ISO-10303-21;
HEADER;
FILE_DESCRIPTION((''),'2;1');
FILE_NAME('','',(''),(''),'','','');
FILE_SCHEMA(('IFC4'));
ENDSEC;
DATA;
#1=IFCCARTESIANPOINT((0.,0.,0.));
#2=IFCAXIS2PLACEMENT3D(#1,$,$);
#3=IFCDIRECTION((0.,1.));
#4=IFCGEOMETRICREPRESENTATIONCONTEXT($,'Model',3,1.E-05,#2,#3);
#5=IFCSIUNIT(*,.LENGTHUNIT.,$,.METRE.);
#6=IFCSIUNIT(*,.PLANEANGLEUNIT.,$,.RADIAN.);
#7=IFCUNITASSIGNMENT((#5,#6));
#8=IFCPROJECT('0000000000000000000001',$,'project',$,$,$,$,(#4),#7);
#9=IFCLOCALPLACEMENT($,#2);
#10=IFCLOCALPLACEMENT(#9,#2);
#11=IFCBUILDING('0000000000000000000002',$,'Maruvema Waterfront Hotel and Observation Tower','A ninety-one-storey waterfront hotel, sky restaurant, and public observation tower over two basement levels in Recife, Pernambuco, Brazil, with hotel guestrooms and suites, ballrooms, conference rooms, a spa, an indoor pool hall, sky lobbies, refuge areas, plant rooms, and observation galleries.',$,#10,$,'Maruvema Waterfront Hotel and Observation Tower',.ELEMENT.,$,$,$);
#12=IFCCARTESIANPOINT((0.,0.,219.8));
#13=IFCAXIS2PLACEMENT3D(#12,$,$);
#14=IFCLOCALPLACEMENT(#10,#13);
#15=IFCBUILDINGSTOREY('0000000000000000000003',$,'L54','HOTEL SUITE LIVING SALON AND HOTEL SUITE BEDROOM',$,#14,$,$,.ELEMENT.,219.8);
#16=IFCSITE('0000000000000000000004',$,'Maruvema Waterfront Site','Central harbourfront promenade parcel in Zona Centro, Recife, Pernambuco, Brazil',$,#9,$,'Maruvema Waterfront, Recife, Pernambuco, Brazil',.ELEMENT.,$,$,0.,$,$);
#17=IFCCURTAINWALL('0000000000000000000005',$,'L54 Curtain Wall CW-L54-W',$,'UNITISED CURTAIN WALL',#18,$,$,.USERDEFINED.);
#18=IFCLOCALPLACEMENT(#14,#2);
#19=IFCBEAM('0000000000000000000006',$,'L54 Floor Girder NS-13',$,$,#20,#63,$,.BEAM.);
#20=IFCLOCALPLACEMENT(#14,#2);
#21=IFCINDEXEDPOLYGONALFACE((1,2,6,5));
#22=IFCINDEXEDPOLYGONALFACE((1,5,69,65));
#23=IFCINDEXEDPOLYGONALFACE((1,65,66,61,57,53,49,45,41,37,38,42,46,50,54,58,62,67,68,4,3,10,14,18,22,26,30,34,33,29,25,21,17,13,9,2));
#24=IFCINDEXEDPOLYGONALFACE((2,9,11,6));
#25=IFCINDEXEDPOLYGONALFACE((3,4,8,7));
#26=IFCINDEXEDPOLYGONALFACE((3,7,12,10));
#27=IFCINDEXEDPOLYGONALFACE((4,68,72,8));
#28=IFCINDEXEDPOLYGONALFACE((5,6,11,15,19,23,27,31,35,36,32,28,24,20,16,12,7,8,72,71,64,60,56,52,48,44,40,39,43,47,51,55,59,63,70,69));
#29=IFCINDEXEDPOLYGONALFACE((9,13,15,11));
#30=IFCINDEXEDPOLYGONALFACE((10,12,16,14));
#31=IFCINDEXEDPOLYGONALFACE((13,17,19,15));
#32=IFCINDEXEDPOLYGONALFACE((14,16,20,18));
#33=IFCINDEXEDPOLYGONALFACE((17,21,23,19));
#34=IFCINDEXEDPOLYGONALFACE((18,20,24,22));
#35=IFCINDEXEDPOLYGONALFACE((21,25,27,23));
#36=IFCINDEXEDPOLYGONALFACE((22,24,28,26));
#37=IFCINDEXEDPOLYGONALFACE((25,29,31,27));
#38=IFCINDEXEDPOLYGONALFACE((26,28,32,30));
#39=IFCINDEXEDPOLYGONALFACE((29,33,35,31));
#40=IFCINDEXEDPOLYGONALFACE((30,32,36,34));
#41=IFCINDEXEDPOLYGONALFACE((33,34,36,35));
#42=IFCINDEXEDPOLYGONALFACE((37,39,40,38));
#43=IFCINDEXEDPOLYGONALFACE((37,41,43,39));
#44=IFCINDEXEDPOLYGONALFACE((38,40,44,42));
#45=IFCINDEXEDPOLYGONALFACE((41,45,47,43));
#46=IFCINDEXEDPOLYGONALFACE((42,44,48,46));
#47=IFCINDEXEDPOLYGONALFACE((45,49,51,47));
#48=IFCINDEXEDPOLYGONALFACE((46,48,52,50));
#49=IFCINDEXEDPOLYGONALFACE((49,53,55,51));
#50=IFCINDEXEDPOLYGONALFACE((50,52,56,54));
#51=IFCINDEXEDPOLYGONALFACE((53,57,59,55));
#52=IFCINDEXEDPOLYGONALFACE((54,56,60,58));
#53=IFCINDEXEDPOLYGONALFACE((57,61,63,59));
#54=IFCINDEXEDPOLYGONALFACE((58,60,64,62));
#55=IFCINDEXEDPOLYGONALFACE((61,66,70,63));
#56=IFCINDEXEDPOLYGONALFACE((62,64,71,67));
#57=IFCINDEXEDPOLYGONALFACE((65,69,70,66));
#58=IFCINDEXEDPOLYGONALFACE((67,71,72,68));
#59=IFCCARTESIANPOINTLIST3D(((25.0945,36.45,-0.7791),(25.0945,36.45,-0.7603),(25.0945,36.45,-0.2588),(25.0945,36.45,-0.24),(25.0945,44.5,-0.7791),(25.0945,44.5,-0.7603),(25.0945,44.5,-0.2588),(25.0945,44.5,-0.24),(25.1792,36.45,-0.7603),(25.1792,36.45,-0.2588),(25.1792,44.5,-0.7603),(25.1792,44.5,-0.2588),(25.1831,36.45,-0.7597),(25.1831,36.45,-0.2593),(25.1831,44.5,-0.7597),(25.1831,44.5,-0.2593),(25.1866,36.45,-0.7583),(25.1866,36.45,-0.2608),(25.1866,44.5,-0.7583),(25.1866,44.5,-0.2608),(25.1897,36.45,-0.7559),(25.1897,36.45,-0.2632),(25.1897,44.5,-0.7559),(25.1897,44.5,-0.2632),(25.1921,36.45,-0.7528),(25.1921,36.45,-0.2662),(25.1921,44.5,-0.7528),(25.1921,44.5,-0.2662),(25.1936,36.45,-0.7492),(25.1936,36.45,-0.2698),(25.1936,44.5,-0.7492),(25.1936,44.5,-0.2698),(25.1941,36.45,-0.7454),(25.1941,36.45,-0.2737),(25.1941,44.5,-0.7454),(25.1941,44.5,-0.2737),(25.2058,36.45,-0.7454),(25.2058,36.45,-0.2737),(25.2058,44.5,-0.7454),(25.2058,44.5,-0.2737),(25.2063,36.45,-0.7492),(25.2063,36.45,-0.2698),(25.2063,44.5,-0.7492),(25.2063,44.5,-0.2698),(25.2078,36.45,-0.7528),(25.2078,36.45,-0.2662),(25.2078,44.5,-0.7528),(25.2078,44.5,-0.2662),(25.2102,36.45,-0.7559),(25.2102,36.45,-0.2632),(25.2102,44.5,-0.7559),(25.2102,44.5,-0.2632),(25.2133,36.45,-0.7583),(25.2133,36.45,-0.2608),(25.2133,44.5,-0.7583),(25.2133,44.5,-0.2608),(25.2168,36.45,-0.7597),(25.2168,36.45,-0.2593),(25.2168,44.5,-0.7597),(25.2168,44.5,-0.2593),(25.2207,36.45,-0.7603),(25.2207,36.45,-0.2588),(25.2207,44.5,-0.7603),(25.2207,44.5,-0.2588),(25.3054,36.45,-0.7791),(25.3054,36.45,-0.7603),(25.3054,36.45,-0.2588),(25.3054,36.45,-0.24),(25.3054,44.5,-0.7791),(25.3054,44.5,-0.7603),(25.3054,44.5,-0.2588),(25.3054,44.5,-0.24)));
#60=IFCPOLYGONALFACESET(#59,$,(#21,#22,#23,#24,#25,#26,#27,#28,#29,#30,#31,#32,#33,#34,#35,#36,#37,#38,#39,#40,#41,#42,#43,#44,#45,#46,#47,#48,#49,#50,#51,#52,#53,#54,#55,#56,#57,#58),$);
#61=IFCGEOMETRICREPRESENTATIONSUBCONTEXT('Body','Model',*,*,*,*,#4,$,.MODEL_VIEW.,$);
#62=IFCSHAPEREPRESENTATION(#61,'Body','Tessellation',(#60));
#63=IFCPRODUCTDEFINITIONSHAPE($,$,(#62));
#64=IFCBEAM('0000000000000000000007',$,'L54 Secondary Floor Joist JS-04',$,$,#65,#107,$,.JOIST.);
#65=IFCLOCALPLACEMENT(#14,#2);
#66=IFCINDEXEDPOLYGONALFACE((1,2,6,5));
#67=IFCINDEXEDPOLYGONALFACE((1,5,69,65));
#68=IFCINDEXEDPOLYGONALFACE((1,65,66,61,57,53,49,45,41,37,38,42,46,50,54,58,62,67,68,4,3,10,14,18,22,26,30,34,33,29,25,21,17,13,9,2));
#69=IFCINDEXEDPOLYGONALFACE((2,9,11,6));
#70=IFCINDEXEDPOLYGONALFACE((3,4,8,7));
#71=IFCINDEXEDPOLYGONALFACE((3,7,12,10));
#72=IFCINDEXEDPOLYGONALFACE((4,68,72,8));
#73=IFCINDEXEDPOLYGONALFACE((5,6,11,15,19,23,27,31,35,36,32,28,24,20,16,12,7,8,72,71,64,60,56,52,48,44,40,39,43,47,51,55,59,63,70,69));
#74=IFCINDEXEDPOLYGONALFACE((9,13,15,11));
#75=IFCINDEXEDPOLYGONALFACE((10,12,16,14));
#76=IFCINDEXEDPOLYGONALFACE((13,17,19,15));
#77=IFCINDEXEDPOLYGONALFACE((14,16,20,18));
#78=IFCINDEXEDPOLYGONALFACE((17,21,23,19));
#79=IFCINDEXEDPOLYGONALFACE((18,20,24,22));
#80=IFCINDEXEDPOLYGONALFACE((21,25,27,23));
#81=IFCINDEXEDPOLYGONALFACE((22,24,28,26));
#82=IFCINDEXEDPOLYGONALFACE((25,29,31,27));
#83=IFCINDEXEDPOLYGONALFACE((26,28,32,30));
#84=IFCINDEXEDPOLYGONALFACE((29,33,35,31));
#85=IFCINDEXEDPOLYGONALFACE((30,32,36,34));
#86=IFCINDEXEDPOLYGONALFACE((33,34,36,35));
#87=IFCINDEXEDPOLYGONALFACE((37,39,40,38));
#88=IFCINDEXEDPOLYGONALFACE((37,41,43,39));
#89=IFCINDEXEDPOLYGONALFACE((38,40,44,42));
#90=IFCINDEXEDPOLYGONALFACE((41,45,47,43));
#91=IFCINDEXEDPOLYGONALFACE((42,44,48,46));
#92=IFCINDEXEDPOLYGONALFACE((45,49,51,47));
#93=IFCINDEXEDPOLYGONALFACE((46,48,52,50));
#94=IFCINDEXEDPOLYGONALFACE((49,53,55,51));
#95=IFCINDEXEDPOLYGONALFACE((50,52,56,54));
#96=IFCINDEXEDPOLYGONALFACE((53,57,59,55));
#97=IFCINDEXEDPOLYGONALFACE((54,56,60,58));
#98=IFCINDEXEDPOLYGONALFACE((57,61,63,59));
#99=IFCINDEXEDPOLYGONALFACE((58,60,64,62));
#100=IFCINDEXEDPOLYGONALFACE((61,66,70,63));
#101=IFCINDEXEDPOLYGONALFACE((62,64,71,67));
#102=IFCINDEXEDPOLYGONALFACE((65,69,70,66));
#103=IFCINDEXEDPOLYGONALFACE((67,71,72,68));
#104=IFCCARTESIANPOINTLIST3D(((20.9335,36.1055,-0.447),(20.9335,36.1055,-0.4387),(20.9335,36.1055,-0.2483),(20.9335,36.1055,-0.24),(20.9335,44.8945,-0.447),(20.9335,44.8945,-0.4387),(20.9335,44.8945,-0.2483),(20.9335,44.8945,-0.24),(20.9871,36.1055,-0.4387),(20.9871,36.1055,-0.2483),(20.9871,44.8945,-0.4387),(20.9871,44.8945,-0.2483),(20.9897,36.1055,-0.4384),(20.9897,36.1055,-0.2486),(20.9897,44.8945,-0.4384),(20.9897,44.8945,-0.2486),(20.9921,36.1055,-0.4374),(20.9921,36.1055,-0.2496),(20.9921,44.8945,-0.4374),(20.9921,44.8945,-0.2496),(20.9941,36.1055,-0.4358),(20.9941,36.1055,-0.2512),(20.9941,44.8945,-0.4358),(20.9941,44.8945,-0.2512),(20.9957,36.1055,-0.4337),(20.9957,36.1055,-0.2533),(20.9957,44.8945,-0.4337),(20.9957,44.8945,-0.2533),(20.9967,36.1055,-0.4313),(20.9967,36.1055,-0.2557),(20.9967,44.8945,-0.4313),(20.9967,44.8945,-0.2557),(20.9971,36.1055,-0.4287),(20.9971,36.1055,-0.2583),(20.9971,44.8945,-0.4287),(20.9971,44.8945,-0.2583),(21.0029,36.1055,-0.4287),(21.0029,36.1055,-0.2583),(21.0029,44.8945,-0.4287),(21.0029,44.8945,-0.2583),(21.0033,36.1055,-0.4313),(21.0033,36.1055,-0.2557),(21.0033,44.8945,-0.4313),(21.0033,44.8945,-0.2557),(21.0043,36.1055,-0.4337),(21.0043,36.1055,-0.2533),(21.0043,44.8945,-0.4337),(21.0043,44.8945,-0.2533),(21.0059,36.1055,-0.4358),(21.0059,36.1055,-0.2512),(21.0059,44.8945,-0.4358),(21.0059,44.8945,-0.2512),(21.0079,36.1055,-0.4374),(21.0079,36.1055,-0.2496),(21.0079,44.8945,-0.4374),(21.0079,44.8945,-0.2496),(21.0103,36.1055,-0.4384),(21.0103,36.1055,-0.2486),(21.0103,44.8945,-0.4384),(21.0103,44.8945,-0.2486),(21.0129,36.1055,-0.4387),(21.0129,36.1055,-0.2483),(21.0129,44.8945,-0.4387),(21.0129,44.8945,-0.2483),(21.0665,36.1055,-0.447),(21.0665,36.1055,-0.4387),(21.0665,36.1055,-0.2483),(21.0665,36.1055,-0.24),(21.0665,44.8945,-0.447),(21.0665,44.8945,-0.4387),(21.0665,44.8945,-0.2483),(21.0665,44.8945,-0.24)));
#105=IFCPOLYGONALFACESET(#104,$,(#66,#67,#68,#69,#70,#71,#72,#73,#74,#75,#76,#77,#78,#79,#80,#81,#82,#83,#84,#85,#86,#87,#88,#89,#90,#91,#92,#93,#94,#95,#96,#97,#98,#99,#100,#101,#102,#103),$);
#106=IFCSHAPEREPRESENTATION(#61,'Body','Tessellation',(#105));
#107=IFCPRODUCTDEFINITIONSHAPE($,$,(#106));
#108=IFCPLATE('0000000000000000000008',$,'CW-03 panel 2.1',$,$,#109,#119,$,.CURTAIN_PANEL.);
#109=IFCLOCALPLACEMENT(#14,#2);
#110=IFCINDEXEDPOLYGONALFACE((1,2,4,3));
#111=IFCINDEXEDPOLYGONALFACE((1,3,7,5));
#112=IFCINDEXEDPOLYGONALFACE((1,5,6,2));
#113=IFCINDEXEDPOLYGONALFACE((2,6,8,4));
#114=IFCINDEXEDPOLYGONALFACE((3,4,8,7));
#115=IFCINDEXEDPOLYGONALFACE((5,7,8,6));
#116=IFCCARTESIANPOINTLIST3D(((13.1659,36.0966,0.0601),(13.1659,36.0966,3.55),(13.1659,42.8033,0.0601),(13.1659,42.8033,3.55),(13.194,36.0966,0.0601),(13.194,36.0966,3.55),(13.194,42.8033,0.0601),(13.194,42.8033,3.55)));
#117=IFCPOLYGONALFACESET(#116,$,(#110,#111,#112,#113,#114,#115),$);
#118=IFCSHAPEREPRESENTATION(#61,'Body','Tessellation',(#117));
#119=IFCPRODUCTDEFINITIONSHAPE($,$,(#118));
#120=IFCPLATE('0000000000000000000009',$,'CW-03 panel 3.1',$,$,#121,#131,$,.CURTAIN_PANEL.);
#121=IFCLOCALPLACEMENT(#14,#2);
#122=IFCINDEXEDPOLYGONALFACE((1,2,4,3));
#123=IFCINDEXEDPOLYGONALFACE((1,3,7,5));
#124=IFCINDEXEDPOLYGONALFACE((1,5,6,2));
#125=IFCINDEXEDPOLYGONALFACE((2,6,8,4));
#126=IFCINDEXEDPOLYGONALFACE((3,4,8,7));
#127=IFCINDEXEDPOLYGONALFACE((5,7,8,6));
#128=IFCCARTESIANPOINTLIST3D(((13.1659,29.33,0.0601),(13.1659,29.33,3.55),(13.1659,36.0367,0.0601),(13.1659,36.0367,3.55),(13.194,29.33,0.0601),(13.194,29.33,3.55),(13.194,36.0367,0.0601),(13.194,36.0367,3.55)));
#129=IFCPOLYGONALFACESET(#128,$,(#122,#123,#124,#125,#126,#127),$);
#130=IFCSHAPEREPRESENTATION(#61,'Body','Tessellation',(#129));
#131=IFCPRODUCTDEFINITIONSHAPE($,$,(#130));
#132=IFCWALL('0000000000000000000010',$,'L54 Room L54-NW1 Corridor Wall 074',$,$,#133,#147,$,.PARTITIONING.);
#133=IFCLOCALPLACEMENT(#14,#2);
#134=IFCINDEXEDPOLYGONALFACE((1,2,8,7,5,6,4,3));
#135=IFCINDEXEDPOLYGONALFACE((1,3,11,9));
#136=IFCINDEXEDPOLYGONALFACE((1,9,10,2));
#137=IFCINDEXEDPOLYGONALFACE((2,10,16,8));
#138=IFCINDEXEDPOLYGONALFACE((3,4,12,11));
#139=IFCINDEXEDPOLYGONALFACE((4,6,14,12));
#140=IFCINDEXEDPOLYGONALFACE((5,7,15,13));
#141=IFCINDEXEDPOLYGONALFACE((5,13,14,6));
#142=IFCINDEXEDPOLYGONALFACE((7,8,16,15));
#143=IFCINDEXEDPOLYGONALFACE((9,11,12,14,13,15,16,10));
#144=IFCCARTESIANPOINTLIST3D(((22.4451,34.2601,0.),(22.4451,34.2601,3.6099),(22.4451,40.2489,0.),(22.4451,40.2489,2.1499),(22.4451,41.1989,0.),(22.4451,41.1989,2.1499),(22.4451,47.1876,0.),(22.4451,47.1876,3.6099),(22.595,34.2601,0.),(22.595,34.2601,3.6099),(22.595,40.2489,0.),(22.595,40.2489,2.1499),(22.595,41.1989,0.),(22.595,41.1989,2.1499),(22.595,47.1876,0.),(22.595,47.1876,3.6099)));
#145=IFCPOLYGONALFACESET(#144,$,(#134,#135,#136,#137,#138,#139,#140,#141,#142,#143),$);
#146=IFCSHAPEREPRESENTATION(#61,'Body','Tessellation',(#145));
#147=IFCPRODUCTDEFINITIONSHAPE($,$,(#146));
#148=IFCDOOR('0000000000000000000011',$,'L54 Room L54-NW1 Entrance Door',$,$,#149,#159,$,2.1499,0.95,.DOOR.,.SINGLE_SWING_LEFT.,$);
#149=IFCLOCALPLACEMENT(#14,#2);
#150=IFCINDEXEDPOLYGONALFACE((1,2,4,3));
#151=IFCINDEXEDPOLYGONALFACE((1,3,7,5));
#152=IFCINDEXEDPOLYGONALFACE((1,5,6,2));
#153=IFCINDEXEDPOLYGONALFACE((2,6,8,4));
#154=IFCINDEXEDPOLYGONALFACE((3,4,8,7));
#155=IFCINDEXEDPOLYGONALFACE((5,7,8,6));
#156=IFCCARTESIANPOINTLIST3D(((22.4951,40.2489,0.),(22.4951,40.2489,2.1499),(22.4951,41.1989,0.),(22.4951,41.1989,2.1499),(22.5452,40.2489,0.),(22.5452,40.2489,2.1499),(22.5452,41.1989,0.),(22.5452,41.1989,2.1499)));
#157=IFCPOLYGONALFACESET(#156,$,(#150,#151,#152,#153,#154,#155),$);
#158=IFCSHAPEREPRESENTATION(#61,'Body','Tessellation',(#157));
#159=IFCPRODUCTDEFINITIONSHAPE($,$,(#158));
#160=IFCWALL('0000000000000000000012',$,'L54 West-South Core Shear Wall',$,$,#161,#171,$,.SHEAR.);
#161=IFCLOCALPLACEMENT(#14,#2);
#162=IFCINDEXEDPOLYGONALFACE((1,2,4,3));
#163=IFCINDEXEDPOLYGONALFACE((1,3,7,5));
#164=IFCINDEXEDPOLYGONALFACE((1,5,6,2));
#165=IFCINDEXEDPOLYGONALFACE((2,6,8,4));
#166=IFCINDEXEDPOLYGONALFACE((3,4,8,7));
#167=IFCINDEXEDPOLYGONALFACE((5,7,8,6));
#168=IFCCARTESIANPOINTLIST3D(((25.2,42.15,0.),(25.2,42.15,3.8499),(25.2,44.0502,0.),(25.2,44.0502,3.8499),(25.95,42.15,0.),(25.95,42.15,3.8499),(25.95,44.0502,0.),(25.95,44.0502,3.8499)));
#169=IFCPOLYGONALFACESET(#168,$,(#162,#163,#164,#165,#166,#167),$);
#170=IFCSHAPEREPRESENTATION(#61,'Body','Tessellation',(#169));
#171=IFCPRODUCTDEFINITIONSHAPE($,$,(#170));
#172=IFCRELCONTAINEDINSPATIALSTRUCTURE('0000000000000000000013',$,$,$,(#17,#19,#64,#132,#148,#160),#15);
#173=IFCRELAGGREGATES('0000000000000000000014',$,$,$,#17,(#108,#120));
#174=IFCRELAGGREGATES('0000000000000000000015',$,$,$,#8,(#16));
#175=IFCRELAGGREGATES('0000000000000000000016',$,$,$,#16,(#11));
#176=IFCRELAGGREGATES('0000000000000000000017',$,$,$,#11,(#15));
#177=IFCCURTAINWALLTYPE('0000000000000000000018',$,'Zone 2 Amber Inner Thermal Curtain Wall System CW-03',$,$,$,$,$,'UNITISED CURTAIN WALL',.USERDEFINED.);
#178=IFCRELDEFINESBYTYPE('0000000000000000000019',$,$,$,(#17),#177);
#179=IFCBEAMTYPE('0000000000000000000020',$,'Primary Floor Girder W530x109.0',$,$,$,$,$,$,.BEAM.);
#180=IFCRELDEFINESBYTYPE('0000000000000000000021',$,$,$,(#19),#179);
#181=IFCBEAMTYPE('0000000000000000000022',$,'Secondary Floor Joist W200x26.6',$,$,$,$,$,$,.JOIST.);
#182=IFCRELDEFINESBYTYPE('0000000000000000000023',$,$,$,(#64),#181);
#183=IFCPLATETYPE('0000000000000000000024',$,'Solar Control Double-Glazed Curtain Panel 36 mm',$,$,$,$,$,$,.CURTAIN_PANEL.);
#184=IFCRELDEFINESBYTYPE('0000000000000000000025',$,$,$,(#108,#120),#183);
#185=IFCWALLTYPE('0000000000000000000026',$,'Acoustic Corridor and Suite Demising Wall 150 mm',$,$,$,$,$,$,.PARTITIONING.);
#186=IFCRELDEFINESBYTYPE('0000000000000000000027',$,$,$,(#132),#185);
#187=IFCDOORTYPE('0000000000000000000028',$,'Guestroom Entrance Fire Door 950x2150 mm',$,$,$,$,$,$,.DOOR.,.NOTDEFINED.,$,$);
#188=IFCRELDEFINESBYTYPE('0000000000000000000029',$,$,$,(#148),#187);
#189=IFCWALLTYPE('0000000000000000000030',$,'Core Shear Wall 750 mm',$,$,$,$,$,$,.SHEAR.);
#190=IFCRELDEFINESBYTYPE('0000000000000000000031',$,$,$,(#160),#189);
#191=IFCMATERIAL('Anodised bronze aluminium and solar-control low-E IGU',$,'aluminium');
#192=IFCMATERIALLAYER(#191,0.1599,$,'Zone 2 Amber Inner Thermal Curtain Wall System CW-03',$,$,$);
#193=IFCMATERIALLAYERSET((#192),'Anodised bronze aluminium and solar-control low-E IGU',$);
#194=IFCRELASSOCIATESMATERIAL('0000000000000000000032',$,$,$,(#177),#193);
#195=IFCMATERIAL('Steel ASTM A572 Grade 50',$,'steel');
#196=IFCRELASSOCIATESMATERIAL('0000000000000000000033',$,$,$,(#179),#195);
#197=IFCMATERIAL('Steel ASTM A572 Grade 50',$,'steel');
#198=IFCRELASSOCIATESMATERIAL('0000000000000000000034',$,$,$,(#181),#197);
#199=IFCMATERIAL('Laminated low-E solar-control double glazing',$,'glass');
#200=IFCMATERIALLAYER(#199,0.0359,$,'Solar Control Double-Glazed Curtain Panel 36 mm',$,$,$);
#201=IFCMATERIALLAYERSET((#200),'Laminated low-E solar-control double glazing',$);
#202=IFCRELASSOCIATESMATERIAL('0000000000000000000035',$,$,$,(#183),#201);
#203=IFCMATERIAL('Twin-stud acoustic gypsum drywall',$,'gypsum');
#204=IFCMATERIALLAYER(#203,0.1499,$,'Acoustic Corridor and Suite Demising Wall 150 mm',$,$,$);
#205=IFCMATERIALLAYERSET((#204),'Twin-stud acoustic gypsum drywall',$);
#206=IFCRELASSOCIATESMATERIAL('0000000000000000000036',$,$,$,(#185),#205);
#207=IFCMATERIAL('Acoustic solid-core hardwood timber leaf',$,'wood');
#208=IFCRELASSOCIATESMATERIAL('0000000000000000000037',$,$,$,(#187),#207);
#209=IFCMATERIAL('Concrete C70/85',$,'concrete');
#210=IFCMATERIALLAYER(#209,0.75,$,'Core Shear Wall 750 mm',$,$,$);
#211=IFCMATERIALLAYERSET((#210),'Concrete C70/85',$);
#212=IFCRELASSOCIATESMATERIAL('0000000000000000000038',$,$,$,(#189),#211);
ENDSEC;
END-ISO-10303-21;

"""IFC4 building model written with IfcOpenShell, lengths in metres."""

from ifc_helpers import new_model, si_unit, direction, frame, frame_2d, origin, origin_2d, place, context, subcontext, project, spatial, rectangle, i_section, extrude, material, layer, layer_set, material_profile, profile_set, type_object, element, fill, aggregate, save


model = new_model("IFC4")

# Units and contexts
model_context = context("Model", 3, precision=1e-05, world=origin(), true_north=direction((0.0, 1.0)))
body_context = subcontext(model_context, "Body", "Model", "MODEL_VIEW")
ifc_project = project(units=[si_unit("LENGTHUNIT", "METRE"), si_unit("PLANEANGLEUNIT", "RADIAN")], contexts=[model_context])

# Site, building, storey
site_placement = place(None, origin())
site = spatial("IfcSite", under=ifc_project, at=site_placement, Name="Maruvema Waterfront Site", Description="Central harbourfront promenade parcel in Zona Centro, Recife, Pernambuco, Brazil", LongName="Maruvema Waterfront, Recife, Pernambuco, Brazil", CompositionType="ELEMENT", RefElevation=0.0)
building_placement = place(site_placement, origin())
building = spatial("IfcBuilding", under=site, at=building_placement, Name="Maruvema Waterfront Hotel and Observation Tower", Description="A ninety-one-storey waterfront hotel, sky restaurant, and public observation tower over two basement levels in Recife, Pernambuco, Brazil, with hotel guestrooms and suites, ballrooms, conference rooms, a spa, an indoor pool hall, sky lobbies, refuge areas, plant rooms, and observation galleries.", LongName="Maruvema Waterfront Hotel and Observation Tower", CompositionType="ELEMENT")
storey_placement = place(building_placement, frame((0.0, 0.0, 219.8)))
storey = spatial("IfcBuildingStorey", under=building, at=storey_placement, Name="L54", Description="HOTEL SUITE LIVING SALON AND HOTEL SUITE BEDROOM", CompositionType="ELEMENT", Elevation=219.8)

# Curtain wall
ifc_material_1 = material(Name="Anodised bronze aluminium and solar-control low-E IGU", Category="aluminium")
ifc_layer_1 = layer(ifc_material_1, 0.1599, Name="Zone 2 Amber Inner Thermal Curtain Wall System CW-03")
ifc_layer_set_1 = layer_set([ifc_layer_1], Name="Anodised bronze aluminium and solar-control low-E IGU")
curtain_wall_type = type_object("IfcCurtainWallType", Name="Zone 2 Amber Inner Thermal Curtain Wall System CW-03", ElementType="UNITISED CURTAIN WALL", PredefinedType="USERDEFINED", material=ifc_layer_set_1)
curtain_wall_placement = place(storey_placement, origin())
curtain_wall = element("IfcCurtainWall", 1, at=curtain_wall_placement, inside=storey, type_object=curtain_wall_type, Name="L54 Curtain Wall CW-L54-W", ObjectType="UNITISED CURTAIN WALL", PredefinedType="USERDEFINED")

# Beams
ifc_material_2 = material(Name="Steel ASTM A572 Grade 50", Category="steel")
ifc_material_profile_1 = material_profile(ifc_material_2, i_section(OverallWidth=0.2109, OverallDepth=0.5391, WebThickness=0.0117, FlangeThickness=0.0188, FilletRadius=0.0149, at=origin_2d()), Name="W530x109.0")
ifc_profile_set_1 = profile_set([ifc_material_profile_1], Name="Steel ASTM A572 Grade 50")
beam_type_1 = type_object("IfcBeamType", Name="Primary Floor Girder W530x109.0", PredefinedType="BEAM", material=ifc_profile_set_1)
beam_1_placement = place(storey_placement, frame((25.2, 36.45, -0.5095), z_axis=(0.0, 1.0, 0.0), x_axis=(-1.0, 0.0, 0.0)))
element("IfcBeam", 2, at=beam_1_placement, inside=storey, type_object=beam_type_1, Name="L54 Floor Girder NS-13", PredefinedType="BEAM", context=body_context, shape_type="SweptSolid", body=[
    extrude(i_section(OverallWidth=0.2109, OverallDepth=0.5391, WebThickness=0.0117, FlangeThickness=0.0188, FilletRadius=0.0149, at=origin_2d()), origin(), (0.0, 0.0, 1.0), 8.05),
])
ifc_material_3 = material(Name="Steel ASTM A572 Grade 50", Category="steel")
ifc_material_profile_2 = material_profile(ifc_material_3, i_section(OverallWidth=0.1331, OverallDepth=0.207, WebThickness=0.0059, FlangeThickness=0.0083, FilletRadius=0.01, at=origin_2d()), Name="W200x26.6")
ifc_profile_set_2 = profile_set([ifc_material_profile_2], Name="Steel ASTM A572 Grade 50")
beam_type_2 = type_object("IfcBeamType", Name="Secondary Floor Joist W200x26.6", PredefinedType="JOIST", material=ifc_profile_set_2)
beam_2_placement = place(storey_placement, frame((21.0, 36.1055, -0.3435), z_axis=(0.0, 1.0, 0.0), x_axis=(-1.0, 0.0, 0.0)))
element("IfcBeam", 3, at=beam_2_placement, inside=storey, type_object=beam_type_2, Name="L54 Secondary Floor Joist JS-04", PredefinedType="JOIST", context=body_context, shape_type="SweptSolid", body=[
    extrude(i_section(OverallWidth=0.1331, OverallDepth=0.207, WebThickness=0.0059, FlangeThickness=0.0083, FilletRadius=0.01, at=origin_2d()), origin(), (0.0, 0.0, 1.0), 8.7891),
])

# Plates
ifc_material_4 = material(Name="Laminated low-E solar-control double glazing", Category="glass")
ifc_layer_2 = layer(ifc_material_4, 0.0359, Name="Solar Control Double-Glazed Curtain Panel 36 mm")
ifc_layer_set_2 = layer_set([ifc_layer_2], Name="Laminated low-E solar-control double glazing")
plate_type = type_object("IfcPlateType", Name="Solar Control Double-Glazed Curtain Panel 36 mm", PredefinedType="CURTAIN_PANEL", material=ifc_layer_set_2)
plate_1_placement = place(storey_placement, frame((13.1799, 39.45, 0.0601), z_axis=(0.0, 0.0, 1.0), x_axis=(0.0, -1.0, 0.0)))
plate_1 = element("IfcPlate", 4, at=plate_1_placement, type_object=plate_type, Name="CW-03 panel 2.1", PredefinedType="CURTAIN_PANEL", context=body_context, shape_type="SweptSolid", body=[
    extrude(rectangle(XDim=6.7068, YDim=0.0281, at=origin_2d()), origin(), (0.0, 0.0, 1.0), 3.49),
])
plate_2_placement = place(storey_placement, frame((13.1799, 32.6833, 0.0601), z_axis=(0.0, 0.0, 1.0), x_axis=(0.0, -1.0, 0.0)))
plate_2 = element("IfcPlate", 5, at=plate_2_placement, type_object=plate_type, Name="CW-03 panel 3.1", PredefinedType="CURTAIN_PANEL", context=body_context, shape_type="SweptSolid", body=[
    extrude(rectangle(XDim=6.7068, YDim=0.0281, at=origin_2d()), origin(), (0.0, 0.0, 1.0), 3.49),
])
aggregate(curtain_wall, [plate_1, plate_2])

# Wall, opening, door
ifc_material_5 = material(Name="Twin-stud acoustic gypsum drywall", Category="gypsum")
ifc_layer_3 = layer(ifc_material_5, 0.1499, Name="Acoustic Corridor and Suite Demising Wall 150 mm")
ifc_layer_set_3 = layer_set([ifc_layer_3], Name="Twin-stud acoustic gypsum drywall")
wall_type_1 = type_object("IfcWallType", Name="Acoustic Corridor and Suite Demising Wall 150 mm", PredefinedType="PARTITIONING", material=ifc_layer_set_3)
wall_1_placement = place(storey_placement, frame((22.52, 34.26, 0.0), z_axis=(0.0, 0.0, 1.0), x_axis=(0.0, 1.0, 0.0)))
wall_1 = element("IfcWall", 6, at=wall_1_placement, inside=storey, type_object=wall_type_1, Name="L54 Room L54-NW1 Corridor Wall 074", PredefinedType="PARTITIONING", context=body_context, shape_type="SweptSolid", body=[
    extrude(rectangle(XDim=12.9275, YDim=0.1499, at=frame_2d((6.4639, 0.0))), origin(), (0.0, 0.0, 1.0), 3.6099),
])
opening_1_placement = place(wall_1_placement, frame((5.9888, 0.0, 0.0)))
opening_1 = element("IfcOpeningElement", 7, at=opening_1_placement, cuts=wall_1, PredefinedType="OPENING", context=body_context, shape_type="SweptSolid", body=[
    extrude(rectangle(XDim=0.95, YDim=2.1499, at=frame_2d((0.4751, 1.075))), frame((0.0, 0.085, 0.0), z_axis=(0.0, -1.0, 0.0), x_axis=(1.0, 0.0, 0.0)), (0.0, 0.0, 1.0), 0.1699),
])
ifc_material_6 = material(Name="Acoustic solid-core hardwood timber leaf", Category="wood")
door_type_1 = type_object("IfcDoorType", Name="Guestroom Entrance Fire Door 950x2150 mm", OperationType="NOTDEFINED", PredefinedType="DOOR", material=ifc_material_6)
door_1_placement = place(opening_1_placement, origin())
door_1 = element("IfcDoor", 8, at=door_1_placement, inside=storey, type_object=door_type_1, Name="L54 Room L54-NW1 Entrance Door", OperationType="SINGLE_SWING_LEFT", OverallHeight=2.1499, OverallWidth=0.95, PredefinedType="DOOR", context=body_context, shape_type="SweptSolid", body=[
    extrude(rectangle(XDim=0.95, YDim=2.1499, at=frame_2d((0.4751, 1.075))), frame((0.0, 0.0249, 0.0), z_axis=(0.0, -1.0, 0.0), x_axis=(1.0, 0.0, 0.0)), (0.0, 0.0, 1.0), 0.05),
])
fill(opening_1, door_1)

# Shared definitions
ifc_material_7 = material(Name="Concrete C70/85", Category="concrete")
ifc_layer_4 = layer(ifc_material_7, 0.75, Name="Core Shear Wall 750 mm")
ifc_layer_set_4 = layer_set([ifc_layer_4], Name="Concrete C70/85")
wall_type_2 = type_object("IfcWallType", Name="Core Shear Wall 750 mm", PredefinedType="SHEAR", material=ifc_layer_set_4)

# Wall
wall_2_placement = place(storey_placement, frame((25.575, 42.1499, 0.0), z_axis=(0.0, 0.0, 1.0), x_axis=(0.0, 1.0, 0.0)))
element("IfcWall", 9, at=wall_2_placement, inside=storey, type_object=wall_type_2, Name="L54 West-South Core Shear Wall", PredefinedType="SHEAR", context=body_context, shape_type="SweptSolid", body=[
    extrude(rectangle(XDim=1.9001, YDim=0.75, at=frame_2d((0.9502, 0.0))), origin(), (0.0, 0.0, 1.0), 3.8499),
])

save(model, "model.ifc")
